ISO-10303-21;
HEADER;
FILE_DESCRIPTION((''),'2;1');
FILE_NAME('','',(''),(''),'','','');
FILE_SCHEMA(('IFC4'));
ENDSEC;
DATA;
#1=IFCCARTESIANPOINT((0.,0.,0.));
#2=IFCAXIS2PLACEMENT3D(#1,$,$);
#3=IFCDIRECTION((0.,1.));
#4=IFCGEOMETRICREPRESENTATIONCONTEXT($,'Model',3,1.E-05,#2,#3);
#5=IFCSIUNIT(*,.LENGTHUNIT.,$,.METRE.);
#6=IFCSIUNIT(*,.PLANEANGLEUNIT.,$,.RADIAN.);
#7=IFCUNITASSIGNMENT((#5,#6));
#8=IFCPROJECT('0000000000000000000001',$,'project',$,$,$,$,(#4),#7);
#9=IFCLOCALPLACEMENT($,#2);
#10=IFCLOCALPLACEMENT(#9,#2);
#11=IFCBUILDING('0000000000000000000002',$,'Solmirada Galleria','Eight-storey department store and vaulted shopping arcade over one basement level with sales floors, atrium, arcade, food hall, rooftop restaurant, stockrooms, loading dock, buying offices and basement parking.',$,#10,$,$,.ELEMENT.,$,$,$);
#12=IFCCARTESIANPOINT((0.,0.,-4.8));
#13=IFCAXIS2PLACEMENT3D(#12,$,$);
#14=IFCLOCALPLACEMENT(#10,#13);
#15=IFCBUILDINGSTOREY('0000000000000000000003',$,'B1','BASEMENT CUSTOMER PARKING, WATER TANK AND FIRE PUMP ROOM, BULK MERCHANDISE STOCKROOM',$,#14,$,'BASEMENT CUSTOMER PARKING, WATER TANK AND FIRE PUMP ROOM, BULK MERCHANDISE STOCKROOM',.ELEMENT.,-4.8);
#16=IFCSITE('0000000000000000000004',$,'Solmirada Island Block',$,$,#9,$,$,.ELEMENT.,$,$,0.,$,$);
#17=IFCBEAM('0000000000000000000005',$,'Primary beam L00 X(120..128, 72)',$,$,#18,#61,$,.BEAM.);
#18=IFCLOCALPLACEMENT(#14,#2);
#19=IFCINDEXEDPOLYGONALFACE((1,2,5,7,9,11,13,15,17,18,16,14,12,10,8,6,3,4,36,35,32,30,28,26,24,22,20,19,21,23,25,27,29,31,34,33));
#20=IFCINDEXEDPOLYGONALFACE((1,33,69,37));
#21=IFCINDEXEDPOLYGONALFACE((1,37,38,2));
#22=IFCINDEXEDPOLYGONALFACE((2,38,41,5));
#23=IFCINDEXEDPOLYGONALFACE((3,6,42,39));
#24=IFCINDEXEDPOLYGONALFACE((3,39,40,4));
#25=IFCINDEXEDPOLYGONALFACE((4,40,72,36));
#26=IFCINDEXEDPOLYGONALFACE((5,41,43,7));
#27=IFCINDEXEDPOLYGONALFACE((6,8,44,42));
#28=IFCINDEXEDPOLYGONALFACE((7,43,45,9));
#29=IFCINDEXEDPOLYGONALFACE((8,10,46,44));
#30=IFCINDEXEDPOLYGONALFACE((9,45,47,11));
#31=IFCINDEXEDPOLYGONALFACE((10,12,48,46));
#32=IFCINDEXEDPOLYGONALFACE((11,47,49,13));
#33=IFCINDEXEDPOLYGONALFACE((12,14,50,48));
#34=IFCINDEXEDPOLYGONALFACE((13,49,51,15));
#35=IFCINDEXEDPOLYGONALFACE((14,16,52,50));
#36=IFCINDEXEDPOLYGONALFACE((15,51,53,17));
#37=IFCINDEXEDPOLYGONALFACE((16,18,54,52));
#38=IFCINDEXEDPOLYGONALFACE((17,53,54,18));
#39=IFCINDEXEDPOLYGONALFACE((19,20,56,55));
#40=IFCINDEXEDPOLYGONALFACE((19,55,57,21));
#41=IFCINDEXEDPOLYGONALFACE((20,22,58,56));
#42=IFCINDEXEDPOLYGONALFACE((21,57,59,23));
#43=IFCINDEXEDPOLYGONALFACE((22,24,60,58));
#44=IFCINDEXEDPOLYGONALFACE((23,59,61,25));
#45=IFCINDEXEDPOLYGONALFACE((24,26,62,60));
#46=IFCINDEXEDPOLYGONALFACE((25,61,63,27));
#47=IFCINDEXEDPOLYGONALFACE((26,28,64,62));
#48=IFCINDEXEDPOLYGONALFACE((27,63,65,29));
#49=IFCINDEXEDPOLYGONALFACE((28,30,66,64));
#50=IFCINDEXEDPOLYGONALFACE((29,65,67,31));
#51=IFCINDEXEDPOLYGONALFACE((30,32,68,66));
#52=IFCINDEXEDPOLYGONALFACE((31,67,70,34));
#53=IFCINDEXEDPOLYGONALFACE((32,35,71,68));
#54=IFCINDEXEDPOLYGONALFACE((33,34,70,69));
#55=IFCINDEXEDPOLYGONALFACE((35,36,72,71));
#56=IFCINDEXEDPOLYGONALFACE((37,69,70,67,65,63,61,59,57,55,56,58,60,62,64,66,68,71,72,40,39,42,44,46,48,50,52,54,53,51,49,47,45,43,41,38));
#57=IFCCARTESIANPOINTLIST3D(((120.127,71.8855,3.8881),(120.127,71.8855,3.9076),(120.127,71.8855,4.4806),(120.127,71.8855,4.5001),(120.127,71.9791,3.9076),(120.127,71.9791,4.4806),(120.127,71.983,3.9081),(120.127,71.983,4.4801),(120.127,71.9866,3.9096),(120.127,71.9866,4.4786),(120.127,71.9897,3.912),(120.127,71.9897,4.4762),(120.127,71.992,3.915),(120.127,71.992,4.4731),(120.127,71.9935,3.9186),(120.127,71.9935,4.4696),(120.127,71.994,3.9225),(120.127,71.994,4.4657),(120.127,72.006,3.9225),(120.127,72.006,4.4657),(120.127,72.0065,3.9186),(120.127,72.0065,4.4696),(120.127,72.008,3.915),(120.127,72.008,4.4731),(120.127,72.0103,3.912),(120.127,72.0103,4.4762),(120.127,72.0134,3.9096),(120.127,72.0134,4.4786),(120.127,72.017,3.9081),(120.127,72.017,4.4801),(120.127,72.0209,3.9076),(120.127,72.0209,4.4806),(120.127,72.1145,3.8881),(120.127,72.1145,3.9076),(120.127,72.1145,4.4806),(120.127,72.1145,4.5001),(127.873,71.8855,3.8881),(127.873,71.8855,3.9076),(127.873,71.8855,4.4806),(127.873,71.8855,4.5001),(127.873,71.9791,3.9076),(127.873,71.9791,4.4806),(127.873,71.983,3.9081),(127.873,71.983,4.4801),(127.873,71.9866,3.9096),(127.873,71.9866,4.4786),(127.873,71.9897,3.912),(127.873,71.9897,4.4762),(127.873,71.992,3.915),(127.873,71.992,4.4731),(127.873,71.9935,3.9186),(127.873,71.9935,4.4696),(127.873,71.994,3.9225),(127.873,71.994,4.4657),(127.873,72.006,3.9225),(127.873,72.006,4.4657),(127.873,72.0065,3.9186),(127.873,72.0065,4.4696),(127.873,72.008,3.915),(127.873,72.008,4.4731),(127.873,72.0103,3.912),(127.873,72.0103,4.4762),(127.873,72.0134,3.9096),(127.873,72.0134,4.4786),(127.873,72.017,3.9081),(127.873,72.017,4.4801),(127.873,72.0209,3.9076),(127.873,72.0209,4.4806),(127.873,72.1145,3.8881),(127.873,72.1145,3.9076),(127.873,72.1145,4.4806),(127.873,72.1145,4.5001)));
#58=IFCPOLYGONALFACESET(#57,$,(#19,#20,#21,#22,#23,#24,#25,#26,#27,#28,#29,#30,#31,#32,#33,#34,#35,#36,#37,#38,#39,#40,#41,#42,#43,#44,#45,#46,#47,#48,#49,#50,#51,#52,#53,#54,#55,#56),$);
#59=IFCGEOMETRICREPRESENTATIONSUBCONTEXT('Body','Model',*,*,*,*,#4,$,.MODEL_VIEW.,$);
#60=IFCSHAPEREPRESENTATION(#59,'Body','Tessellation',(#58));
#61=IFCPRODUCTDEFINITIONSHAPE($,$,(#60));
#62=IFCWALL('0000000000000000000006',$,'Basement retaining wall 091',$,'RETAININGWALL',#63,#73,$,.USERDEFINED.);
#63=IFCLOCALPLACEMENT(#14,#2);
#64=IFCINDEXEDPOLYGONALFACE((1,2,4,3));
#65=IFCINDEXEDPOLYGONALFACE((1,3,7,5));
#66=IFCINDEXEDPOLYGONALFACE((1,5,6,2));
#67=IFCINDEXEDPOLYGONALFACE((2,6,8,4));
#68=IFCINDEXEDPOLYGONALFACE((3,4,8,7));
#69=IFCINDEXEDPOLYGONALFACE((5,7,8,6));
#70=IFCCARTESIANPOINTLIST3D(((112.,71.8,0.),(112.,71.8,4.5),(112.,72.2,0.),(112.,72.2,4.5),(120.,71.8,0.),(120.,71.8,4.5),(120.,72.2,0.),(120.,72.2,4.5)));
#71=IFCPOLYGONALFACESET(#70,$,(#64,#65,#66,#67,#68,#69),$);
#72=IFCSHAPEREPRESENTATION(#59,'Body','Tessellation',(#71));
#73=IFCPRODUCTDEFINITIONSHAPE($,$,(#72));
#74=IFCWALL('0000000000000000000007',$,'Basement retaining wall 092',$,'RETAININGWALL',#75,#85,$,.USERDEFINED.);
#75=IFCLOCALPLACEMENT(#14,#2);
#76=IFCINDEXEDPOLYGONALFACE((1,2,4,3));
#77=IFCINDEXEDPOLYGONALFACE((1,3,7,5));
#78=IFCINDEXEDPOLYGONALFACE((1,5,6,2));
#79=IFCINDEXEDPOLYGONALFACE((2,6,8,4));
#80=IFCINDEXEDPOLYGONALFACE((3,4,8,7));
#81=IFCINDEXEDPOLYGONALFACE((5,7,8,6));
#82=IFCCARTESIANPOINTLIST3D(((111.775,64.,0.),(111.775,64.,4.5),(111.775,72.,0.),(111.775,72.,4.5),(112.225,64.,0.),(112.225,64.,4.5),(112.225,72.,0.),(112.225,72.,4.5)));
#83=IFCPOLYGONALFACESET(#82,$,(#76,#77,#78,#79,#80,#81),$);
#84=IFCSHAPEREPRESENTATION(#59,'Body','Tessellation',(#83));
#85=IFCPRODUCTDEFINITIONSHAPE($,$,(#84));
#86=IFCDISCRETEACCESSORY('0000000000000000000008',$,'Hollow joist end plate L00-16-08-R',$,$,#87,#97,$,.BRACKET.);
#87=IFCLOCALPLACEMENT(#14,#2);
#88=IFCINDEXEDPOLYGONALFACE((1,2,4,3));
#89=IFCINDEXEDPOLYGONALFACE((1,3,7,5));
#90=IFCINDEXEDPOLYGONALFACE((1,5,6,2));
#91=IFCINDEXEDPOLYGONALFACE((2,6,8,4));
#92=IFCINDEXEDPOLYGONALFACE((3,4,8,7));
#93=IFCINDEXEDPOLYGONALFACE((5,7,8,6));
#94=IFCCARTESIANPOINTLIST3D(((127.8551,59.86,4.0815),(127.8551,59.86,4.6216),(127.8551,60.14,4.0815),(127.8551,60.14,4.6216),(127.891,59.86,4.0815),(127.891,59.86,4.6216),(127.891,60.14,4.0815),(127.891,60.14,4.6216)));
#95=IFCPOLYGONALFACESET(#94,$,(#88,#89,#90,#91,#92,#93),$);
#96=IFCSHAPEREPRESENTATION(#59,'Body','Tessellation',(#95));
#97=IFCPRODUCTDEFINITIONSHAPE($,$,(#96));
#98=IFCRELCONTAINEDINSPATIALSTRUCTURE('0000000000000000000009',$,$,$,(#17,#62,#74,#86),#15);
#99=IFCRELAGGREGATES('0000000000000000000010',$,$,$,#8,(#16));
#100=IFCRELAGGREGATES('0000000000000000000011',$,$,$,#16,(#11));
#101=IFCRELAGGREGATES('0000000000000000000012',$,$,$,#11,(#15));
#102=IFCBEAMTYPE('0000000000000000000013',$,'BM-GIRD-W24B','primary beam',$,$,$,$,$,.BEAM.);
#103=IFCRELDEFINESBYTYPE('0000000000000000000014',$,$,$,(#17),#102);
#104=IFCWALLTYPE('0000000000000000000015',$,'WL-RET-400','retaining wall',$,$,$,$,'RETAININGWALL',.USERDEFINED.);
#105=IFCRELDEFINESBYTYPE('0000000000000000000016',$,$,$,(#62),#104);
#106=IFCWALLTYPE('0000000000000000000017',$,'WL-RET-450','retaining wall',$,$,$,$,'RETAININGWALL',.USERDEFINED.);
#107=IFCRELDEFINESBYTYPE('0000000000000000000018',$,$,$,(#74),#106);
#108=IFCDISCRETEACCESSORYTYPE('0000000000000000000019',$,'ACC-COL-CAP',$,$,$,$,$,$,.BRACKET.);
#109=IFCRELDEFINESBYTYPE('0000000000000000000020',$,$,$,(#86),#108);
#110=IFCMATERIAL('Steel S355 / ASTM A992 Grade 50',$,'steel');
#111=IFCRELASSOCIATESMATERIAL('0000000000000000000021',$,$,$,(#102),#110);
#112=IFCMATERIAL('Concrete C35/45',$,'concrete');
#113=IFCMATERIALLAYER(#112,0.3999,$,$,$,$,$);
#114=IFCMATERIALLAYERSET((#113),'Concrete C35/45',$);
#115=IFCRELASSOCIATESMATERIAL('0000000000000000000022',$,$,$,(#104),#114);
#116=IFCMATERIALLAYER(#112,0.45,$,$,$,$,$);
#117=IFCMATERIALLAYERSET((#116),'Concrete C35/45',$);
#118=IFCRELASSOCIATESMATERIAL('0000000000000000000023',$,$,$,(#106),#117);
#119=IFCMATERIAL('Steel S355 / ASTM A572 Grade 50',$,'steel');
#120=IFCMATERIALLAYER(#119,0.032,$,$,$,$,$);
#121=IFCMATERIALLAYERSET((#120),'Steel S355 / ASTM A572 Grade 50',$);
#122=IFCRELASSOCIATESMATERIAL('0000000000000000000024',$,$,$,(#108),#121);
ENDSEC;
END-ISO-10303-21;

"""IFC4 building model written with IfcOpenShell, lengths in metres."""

from ifc_helpers import new_model, si_unit, direction, frame, frame_2d, origin, origin_2d, place, context, subcontext, project, spatial, rectangle, i_section, extrude, material, layer, layer_set, material_profile, profile_set, type_object, element, save


model = new_model("IFC4")

# Units and contexts
model_context = context("Model", 3, precision=1e-05, world=origin(), true_north=direction((0.0, 1.0)))
body_context = subcontext(model_context, "Body", "Model", "MODEL_VIEW")
ifc_project = project(units=[si_unit("LENGTHUNIT", "METRE"), si_unit("PLANEANGLEUNIT", "RADIAN")], contexts=[model_context])

# Site, building, storey
site_placement = place(None, origin())
site = spatial("IfcSite", under=ifc_project, at=site_placement, Name="Solmirada Island Block", CompositionType="ELEMENT", RefElevation=0.0)
building_placement = place(site_placement, origin())
building = spatial("IfcBuilding", under=site, at=building_placement, Name="Solmirada Galleria", Description="Eight-storey department store and vaulted shopping arcade over one basement level with sales floors, atrium, arcade, food hall, rooftop restaurant, stockrooms, loading dock, buying offices and basement parking.", CompositionType="ELEMENT")
storey_placement = place(building_placement, frame((0.0, 0.0, -4.8)))
storey = spatial("IfcBuildingStorey", under=building, at=storey_placement, Name="B1", Description="BASEMENT CUSTOMER PARKING, WATER TANK AND FIRE PUMP ROOM, BULK MERCHANDISE STOCKROOM", LongName="BASEMENT CUSTOMER PARKING, WATER TANK AND FIRE PUMP ROOM, BULK MERCHANDISE STOCKROOM", CompositionType="ELEMENT", Elevation=-4.8)

# Shared definitions
ifc_material_1 = material(Name="Concrete C35/45", Category="concrete")

# Beam
ifc_material_2 = material(Name="Steel S355 / ASTM A992 Grade 50", Category="steel")
ifc_material_profile_1 = material_profile(ifc_material_2, i_section(OverallWidth=0.229, OverallDepth=0.6121, WebThickness=0.012, FlangeThickness=0.0195, FilletRadius=0.0149, at=origin_2d()), Name="W24X84")
ifc_profile_set_1 = profile_set([ifc_material_profile_1], Name="Steel S355 / ASTM A992 Grade 50")
beam_type_1 = type_object("IfcBeamType", Name="BM-GIRD-W24B", Description="primary beam", PredefinedType="BEAM", material=ifc_profile_set_1)
beam_1_placement = place(storey_placement, frame((120.127, 72.0, 4.1941), z_axis=(1.0, 0.0, 0.0), x_axis=(0.0, 1.0, 0.0)))
element("IfcBeam", 1, at=beam_1_placement, inside=storey, type_object=beam_type_1, Name="Primary beam L00 X(120..128, 72)", PredefinedType="BEAM", context=body_context, shape_type="SweptSolid", body=[
    extrude(i_section(OverallWidth=0.229, OverallDepth=0.6121, WebThickness=0.012, FlangeThickness=0.0195, FilletRadius=0.0149, at=origin_2d()), origin(), (0.0, 0.0, 1.0), 7.7461),
])

# Walls
ifc_layer_1 = layer(ifc_material_1, 0.3999)
ifc_layer_set_1 = layer_set([ifc_layer_1], Name="Concrete C35/45")
wall_type_1 = type_object("IfcWallType", Name="WL-RET-400", Description="retaining wall", ElementType="RETAININGWALL", PredefinedType="USERDEFINED", material=ifc_layer_set_1)
wall_1_placement = place(storey_placement, frame((120.0, 72.0, 0.0), z_axis=(0.0, 0.0, 1.0), x_axis=(-1.0, 0.0, 0.0)))
element("IfcWall", 2, at=wall_1_placement, inside=storey, type_object=wall_type_1, Name="Basement retaining wall 091", ObjectType="RETAININGWALL", PredefinedType="USERDEFINED", context=body_context, shape_type="SweptSolid", body=[
    extrude(rectangle(XDim=8.0, YDim=0.3999, at=frame_2d((4.0, 0.0))), origin(), (0.0, 0.0, 1.0), 4.5),
])
ifc_layer_2 = layer(ifc_material_1, 0.45)
ifc_layer_set_2 = layer_set([ifc_layer_2], Name="Concrete C35/45")
wall_type_2 = type_object("IfcWallType", Name="WL-RET-450", Description="retaining wall", ElementType="RETAININGWALL", PredefinedType="USERDEFINED", material=ifc_layer_set_2)
wall_2_placement = place(storey_placement, frame((112.0, 72.0, 0.0), z_axis=(0.0, 0.0, 1.0), x_axis=(0.0, -1.0, 0.0)))
element("IfcWall", 3, at=wall_2_placement, inside=storey, type_object=wall_type_2, Name="Basement retaining wall 092", ObjectType="RETAININGWALL", PredefinedType="USERDEFINED", context=body_context, shape_type="SweptSolid", body=[
    extrude(rectangle(XDim=8.0, YDim=0.45, at=frame_2d((4.0, 0.0))), origin(), (0.0, 0.0, 1.0), 4.5),
])

# Discrete accessory
ifc_material_3 = material(Name="Steel S355 / ASTM A572 Grade 50", Category="steel")
ifc_layer_3 = layer(ifc_material_3, 0.032)
ifc_layer_set_3 = layer_set([ifc_layer_3], Name="Steel S355 / ASTM A572 Grade 50")
discrete_accessory_type = type_object("IfcDiscreteAccessoryType", Name="ACC-COL-CAP", PredefinedType="BRACKET", material=ifc_layer_set_3)
discrete_accessory_placement = place(storey_placement, frame((127.873, 60.0, 4.0815), z_axis=(0.0, 0.0, 1.0), x_axis=(1.0, 0.0, 0.0)))
element("IfcDiscreteAccessory", 4, at=discrete_accessory_placement, inside=storey, type_object=discrete_accessory_type, Name="Hollow joist end plate L00-16-08-R", PredefinedType="BRACKET", context=body_context, shape_type="SweptSolid", body=[
    extrude(rectangle(XDim=0.0359, YDim=0.28, at=origin_2d()), origin(), (0.0, 0.0, 1.0), 0.54),
])

save(model, "model.ifc")
